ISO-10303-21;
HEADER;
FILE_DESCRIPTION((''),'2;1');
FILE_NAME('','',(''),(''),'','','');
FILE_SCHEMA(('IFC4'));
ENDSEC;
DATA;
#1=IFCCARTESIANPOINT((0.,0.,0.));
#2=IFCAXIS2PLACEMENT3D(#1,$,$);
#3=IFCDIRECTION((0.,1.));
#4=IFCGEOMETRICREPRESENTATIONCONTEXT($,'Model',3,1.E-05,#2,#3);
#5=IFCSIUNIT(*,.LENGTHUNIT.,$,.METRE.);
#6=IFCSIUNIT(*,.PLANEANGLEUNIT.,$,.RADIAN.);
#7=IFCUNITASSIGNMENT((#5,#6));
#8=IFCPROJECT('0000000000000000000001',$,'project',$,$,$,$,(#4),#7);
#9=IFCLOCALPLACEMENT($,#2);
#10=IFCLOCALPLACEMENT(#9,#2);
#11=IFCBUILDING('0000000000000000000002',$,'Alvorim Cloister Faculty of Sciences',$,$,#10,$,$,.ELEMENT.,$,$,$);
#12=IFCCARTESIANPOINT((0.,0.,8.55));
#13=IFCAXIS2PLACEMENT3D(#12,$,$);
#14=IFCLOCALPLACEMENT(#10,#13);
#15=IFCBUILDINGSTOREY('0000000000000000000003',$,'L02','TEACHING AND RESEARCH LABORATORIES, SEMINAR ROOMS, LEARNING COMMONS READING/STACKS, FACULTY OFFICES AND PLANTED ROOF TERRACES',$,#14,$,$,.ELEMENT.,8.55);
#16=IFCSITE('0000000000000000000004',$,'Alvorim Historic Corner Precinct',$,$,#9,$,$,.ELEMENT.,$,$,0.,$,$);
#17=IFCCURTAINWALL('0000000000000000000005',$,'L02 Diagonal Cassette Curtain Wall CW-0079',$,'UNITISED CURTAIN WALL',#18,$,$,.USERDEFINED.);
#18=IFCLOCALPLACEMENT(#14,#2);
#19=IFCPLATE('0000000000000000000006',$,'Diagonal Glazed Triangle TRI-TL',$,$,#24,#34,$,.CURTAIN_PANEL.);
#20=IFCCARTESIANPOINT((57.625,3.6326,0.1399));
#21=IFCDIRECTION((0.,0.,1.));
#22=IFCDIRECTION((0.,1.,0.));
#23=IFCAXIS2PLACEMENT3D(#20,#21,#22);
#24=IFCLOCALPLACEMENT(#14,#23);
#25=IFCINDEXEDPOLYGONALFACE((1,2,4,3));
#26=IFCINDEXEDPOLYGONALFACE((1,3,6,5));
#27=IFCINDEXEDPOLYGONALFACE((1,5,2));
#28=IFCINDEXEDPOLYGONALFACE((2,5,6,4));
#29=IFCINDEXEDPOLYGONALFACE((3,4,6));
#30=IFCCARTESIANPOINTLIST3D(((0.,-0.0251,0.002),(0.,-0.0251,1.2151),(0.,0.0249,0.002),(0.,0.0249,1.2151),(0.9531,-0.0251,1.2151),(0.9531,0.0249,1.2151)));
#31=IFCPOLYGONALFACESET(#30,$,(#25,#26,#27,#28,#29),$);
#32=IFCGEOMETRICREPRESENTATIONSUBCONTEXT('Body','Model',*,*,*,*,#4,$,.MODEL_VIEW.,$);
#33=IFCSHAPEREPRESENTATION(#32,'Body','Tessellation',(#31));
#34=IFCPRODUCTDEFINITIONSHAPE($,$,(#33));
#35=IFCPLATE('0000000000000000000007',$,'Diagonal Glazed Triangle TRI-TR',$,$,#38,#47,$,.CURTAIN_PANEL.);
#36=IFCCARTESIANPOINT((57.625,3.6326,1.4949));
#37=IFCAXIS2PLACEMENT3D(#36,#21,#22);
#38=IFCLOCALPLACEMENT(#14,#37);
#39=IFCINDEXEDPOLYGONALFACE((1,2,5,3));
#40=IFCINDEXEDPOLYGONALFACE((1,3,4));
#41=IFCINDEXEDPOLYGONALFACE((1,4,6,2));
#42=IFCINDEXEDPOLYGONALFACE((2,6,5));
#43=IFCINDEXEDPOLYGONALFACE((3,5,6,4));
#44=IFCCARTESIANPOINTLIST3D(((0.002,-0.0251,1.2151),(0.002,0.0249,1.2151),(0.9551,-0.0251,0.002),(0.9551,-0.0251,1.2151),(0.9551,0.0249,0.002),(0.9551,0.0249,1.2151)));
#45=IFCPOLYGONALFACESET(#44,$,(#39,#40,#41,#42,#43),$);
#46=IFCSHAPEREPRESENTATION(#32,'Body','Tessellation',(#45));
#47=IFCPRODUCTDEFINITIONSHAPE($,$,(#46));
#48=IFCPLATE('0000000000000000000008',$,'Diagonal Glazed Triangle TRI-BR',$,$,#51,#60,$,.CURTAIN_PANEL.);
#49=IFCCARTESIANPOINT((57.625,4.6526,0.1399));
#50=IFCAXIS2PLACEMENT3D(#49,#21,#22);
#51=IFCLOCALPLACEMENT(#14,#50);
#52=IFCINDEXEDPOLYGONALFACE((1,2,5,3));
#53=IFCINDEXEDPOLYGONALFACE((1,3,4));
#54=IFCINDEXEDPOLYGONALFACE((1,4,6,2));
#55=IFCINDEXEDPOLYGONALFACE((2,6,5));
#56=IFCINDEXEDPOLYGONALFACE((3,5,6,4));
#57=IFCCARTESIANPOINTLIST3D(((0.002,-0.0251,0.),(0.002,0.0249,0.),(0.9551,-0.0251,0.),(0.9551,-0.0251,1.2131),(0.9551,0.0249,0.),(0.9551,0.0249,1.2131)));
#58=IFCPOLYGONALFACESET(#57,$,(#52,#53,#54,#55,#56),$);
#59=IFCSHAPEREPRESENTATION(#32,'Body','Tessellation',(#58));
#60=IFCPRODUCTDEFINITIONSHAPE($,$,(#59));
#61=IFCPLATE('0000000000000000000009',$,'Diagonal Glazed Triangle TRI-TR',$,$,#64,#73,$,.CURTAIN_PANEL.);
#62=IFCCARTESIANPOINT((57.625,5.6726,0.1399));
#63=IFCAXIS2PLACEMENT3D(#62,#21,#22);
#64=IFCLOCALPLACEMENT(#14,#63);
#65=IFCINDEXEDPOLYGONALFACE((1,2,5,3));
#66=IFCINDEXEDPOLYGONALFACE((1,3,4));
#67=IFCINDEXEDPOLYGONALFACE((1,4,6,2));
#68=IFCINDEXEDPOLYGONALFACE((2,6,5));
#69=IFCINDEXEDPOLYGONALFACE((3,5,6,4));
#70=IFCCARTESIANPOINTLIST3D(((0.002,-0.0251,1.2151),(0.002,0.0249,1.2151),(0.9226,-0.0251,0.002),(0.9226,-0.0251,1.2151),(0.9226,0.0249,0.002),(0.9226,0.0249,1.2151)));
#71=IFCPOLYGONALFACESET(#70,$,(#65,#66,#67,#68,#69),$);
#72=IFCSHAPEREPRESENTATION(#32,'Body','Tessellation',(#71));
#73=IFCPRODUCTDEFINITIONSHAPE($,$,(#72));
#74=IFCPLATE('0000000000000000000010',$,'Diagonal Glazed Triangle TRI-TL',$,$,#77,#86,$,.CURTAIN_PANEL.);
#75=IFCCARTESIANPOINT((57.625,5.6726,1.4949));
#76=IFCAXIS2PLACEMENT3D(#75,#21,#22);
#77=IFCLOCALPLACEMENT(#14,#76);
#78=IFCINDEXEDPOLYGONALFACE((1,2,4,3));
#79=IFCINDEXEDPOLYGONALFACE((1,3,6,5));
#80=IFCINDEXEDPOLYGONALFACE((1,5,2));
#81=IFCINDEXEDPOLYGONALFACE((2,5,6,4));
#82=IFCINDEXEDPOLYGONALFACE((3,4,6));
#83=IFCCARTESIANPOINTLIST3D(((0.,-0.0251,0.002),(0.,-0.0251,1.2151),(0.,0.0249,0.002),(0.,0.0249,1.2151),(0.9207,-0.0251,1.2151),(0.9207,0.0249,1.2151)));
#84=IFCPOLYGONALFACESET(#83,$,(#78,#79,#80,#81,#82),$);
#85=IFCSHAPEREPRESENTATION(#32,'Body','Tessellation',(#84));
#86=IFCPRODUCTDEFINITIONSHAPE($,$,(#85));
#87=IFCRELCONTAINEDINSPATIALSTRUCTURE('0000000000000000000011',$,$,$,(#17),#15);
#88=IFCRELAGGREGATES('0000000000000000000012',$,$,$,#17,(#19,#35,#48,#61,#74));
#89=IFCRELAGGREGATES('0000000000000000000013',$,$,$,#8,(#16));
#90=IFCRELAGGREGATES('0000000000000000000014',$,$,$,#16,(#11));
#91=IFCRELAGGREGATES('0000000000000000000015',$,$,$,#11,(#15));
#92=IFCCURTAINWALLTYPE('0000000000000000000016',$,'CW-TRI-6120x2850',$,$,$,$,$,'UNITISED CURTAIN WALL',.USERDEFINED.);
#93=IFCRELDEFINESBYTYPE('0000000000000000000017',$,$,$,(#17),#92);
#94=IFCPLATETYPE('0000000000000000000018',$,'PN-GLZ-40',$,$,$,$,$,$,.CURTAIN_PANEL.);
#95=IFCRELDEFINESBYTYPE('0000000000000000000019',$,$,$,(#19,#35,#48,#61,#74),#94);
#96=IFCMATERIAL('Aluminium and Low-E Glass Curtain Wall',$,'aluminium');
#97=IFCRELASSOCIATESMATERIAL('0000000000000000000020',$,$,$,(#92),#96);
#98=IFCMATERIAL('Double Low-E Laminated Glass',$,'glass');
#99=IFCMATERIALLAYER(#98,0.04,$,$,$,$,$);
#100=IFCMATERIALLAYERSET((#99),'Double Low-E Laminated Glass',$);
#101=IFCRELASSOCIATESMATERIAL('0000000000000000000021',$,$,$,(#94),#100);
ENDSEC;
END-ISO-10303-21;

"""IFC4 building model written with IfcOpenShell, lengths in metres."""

from ifc_helpers import new_model, si_unit, direction, frame, origin, place, context, subcontext, project, spatial, polyline, outline, extrude, material, layer, layer_set, type_object, element, aggregate, save


model = new_model("IFC4")

# Units and contexts
model_context = context("Model", 3, precision=1e-05, world=origin(), true_north=direction((0.0, 1.0)))
body_context = subcontext(model_context, "Body", "Model", "MODEL_VIEW")
ifc_project = project(units=[si_unit("LENGTHUNIT", "METRE"), si_unit("PLANEANGLEUNIT", "RADIAN")], contexts=[model_context])

# Site, building, storey
site_placement = place(None, origin())
site = spatial("IfcSite", under=ifc_project, at=site_placement, Name="Alvorim Historic Corner Precinct", CompositionType="ELEMENT", RefElevation=0.0)
building_placement = place(site_placement, origin())
building = spatial("IfcBuilding", under=site, at=building_placement, Name="Alvorim Cloister Faculty of Sciences", CompositionType="ELEMENT")
storey_placement = place(building_placement, frame((0.0, 0.0, 8.55)))
storey = spatial("IfcBuildingStorey", under=building, at=storey_placement, Name="L02", Description="TEACHING AND RESEARCH LABORATORIES, SEMINAR ROOMS, LEARNING COMMONS READING/STACKS, FACULTY OFFICES AND PLANTED ROOF TERRACES", CompositionType="ELEMENT", Elevation=8.55)

# Curtain wall, plates
ifc_material_1 = material(Name="Aluminium and Low-E Glass Curtain Wall", Category="aluminium")
curtain_wall_type = type_object("IfcCurtainWallType", Name="CW-TRI-6120x2850", ElementType="UNITISED CURTAIN WALL", PredefinedType="USERDEFINED", material=ifc_material_1)
curtain_wall_placement = place(storey_placement, origin())
curtain_wall = element("IfcCurtainWall", 1, at=curtain_wall_placement, inside=storey, type_object=curtain_wall_type, Name="L02 Diagonal Cassette Curtain Wall CW-0079", ObjectType="UNITISED CURTAIN WALL", PredefinedType="USERDEFINED")
ifc_material_2 = material(Name="Double Low-E Laminated Glass", Category="glass")
ifc_layer = layer(ifc_material_2, 0.04)
ifc_layer_set = layer_set([ifc_layer], Name="Double Low-E Laminated Glass")
plate_type = type_object("IfcPlateType", Name="PN-GLZ-40", PredefinedType="CURTAIN_PANEL", material=ifc_layer_set)
plate_1_placement = place(storey_placement, frame((57.625, 3.6326, 0.1399), z_axis=(0.0, 0.0, 1.0), x_axis=(0.0, 1.0, 0.0)))
plate_1 = element("IfcPlate", 2, at=plate_1_placement, type_object=plate_type, Name="Diagonal Glazed Triangle TRI-TL", PredefinedType="CURTAIN_PANEL", context=body_context, shape_type="SweptSolid", body=[
    extrude(outline(polyline([(0.9531, 1.2151), (0.0, 1.2151), (0.0, 0.002), (0.9531, 1.2151)])), frame((0.0, 0.0249, 0.0), z_axis=(0.0, -1.0, 0.0), x_axis=(1.0, 0.0, 0.0)), (0.0, 0.0, 1.0), 0.05),
])
plate_2_placement = place(storey_placement, frame((57.625, 3.6326, 1.4949), z_axis=(0.0, 0.0, 1.0), x_axis=(0.0, 1.0, 0.0)))
plate_2 = element("IfcPlate", 3, at=plate_2_placement, type_object=plate_type, Name="Diagonal Glazed Triangle TRI-TR", PredefinedType="CURTAIN_PANEL", context=body_context, shape_type="SweptSolid", body=[
    extrude(outline(polyline([(0.9551, 0.002), (0.9551, 1.2151), (0.002, 1.2151), (0.9551, 0.002)])), frame((0.0, 0.0249, 0.0), z_axis=(0.0, -1.0, 0.0), x_axis=(1.0, 0.0, 0.0)), (0.0, 0.0, 1.0), 0.05),
])
plate_3_placement = place(storey_placement, frame((57.625, 4.6526, 0.1399), z_axis=(0.0, 0.0, 1.0), x_axis=(0.0, 1.0, 0.0)))
plate_3 = element("IfcPlate", 4, at=plate_3_placement, type_object=plate_type, Name="Diagonal Glazed Triangle TRI-BR", PredefinedType="CURTAIN_PANEL", context=body_context, shape_type="SweptSolid", body=[
    extrude(outline(polyline([(0.002, 0.0), (0.9551, 0.0), (0.9551, 1.2131), (0.002, 0.0)])), frame((0.0, 0.0249, 0.0), z_axis=(0.0, -1.0, 0.0), x_axis=(1.0, 0.0, 0.0)), (0.0, 0.0, 1.0), 0.05),
])
plate_4_placement = place(storey_placement, frame((57.625, 5.6726, 0.1399), z_axis=(0.0, 0.0, 1.0), x_axis=(0.0, 1.0, 0.0)))
plate_4 = element("IfcPlate", 5, at=plate_4_placement, type_object=plate_type, Name="Diagonal Glazed Triangle TRI-TR", PredefinedType="CURTAIN_PANEL", context=body_context, shape_type="SweptSolid", body=[
    extrude(outline(polyline([(0.9226, 0.002), (0.9226, 1.2151), (0.002, 1.2151), (0.9226, 0.002)])), frame((0.0, 0.0249, 0.0), z_axis=(0.0, -1.0, 0.0), x_axis=(1.0, 0.0, 0.0)), (0.0, 0.0, 1.0), 0.05),
])
plate_5_placement = place(storey_placement, frame((57.625, 5.6726, 1.4949), z_axis=(0.0, 0.0, 1.0), x_axis=(0.0, 1.0, 0.0)))
plate_5 = element("IfcPlate", 6, at=plate_5_placement, type_object=plate_type, Name="Diagonal Glazed Triangle TRI-TL", PredefinedType="CURTAIN_PANEL", context=body_context, shape_type="SweptSolid", body=[
    extrude(outline(polyline([(0.9207, 1.2151), (0.0, 1.2151), (0.0, 0.002), (0.9207, 1.2151)])), frame((0.0, 0.0249, 0.0), z_axis=(0.0, -1.0, 0.0), x_axis=(1.0, 0.0, 0.0)), (0.0, 0.0, 1.0), 0.05),
])
aggregate(curtain_wall, [plate_1, plate_2, plate_3, plate_4, plate_5])

save(model, "model.ifc")
